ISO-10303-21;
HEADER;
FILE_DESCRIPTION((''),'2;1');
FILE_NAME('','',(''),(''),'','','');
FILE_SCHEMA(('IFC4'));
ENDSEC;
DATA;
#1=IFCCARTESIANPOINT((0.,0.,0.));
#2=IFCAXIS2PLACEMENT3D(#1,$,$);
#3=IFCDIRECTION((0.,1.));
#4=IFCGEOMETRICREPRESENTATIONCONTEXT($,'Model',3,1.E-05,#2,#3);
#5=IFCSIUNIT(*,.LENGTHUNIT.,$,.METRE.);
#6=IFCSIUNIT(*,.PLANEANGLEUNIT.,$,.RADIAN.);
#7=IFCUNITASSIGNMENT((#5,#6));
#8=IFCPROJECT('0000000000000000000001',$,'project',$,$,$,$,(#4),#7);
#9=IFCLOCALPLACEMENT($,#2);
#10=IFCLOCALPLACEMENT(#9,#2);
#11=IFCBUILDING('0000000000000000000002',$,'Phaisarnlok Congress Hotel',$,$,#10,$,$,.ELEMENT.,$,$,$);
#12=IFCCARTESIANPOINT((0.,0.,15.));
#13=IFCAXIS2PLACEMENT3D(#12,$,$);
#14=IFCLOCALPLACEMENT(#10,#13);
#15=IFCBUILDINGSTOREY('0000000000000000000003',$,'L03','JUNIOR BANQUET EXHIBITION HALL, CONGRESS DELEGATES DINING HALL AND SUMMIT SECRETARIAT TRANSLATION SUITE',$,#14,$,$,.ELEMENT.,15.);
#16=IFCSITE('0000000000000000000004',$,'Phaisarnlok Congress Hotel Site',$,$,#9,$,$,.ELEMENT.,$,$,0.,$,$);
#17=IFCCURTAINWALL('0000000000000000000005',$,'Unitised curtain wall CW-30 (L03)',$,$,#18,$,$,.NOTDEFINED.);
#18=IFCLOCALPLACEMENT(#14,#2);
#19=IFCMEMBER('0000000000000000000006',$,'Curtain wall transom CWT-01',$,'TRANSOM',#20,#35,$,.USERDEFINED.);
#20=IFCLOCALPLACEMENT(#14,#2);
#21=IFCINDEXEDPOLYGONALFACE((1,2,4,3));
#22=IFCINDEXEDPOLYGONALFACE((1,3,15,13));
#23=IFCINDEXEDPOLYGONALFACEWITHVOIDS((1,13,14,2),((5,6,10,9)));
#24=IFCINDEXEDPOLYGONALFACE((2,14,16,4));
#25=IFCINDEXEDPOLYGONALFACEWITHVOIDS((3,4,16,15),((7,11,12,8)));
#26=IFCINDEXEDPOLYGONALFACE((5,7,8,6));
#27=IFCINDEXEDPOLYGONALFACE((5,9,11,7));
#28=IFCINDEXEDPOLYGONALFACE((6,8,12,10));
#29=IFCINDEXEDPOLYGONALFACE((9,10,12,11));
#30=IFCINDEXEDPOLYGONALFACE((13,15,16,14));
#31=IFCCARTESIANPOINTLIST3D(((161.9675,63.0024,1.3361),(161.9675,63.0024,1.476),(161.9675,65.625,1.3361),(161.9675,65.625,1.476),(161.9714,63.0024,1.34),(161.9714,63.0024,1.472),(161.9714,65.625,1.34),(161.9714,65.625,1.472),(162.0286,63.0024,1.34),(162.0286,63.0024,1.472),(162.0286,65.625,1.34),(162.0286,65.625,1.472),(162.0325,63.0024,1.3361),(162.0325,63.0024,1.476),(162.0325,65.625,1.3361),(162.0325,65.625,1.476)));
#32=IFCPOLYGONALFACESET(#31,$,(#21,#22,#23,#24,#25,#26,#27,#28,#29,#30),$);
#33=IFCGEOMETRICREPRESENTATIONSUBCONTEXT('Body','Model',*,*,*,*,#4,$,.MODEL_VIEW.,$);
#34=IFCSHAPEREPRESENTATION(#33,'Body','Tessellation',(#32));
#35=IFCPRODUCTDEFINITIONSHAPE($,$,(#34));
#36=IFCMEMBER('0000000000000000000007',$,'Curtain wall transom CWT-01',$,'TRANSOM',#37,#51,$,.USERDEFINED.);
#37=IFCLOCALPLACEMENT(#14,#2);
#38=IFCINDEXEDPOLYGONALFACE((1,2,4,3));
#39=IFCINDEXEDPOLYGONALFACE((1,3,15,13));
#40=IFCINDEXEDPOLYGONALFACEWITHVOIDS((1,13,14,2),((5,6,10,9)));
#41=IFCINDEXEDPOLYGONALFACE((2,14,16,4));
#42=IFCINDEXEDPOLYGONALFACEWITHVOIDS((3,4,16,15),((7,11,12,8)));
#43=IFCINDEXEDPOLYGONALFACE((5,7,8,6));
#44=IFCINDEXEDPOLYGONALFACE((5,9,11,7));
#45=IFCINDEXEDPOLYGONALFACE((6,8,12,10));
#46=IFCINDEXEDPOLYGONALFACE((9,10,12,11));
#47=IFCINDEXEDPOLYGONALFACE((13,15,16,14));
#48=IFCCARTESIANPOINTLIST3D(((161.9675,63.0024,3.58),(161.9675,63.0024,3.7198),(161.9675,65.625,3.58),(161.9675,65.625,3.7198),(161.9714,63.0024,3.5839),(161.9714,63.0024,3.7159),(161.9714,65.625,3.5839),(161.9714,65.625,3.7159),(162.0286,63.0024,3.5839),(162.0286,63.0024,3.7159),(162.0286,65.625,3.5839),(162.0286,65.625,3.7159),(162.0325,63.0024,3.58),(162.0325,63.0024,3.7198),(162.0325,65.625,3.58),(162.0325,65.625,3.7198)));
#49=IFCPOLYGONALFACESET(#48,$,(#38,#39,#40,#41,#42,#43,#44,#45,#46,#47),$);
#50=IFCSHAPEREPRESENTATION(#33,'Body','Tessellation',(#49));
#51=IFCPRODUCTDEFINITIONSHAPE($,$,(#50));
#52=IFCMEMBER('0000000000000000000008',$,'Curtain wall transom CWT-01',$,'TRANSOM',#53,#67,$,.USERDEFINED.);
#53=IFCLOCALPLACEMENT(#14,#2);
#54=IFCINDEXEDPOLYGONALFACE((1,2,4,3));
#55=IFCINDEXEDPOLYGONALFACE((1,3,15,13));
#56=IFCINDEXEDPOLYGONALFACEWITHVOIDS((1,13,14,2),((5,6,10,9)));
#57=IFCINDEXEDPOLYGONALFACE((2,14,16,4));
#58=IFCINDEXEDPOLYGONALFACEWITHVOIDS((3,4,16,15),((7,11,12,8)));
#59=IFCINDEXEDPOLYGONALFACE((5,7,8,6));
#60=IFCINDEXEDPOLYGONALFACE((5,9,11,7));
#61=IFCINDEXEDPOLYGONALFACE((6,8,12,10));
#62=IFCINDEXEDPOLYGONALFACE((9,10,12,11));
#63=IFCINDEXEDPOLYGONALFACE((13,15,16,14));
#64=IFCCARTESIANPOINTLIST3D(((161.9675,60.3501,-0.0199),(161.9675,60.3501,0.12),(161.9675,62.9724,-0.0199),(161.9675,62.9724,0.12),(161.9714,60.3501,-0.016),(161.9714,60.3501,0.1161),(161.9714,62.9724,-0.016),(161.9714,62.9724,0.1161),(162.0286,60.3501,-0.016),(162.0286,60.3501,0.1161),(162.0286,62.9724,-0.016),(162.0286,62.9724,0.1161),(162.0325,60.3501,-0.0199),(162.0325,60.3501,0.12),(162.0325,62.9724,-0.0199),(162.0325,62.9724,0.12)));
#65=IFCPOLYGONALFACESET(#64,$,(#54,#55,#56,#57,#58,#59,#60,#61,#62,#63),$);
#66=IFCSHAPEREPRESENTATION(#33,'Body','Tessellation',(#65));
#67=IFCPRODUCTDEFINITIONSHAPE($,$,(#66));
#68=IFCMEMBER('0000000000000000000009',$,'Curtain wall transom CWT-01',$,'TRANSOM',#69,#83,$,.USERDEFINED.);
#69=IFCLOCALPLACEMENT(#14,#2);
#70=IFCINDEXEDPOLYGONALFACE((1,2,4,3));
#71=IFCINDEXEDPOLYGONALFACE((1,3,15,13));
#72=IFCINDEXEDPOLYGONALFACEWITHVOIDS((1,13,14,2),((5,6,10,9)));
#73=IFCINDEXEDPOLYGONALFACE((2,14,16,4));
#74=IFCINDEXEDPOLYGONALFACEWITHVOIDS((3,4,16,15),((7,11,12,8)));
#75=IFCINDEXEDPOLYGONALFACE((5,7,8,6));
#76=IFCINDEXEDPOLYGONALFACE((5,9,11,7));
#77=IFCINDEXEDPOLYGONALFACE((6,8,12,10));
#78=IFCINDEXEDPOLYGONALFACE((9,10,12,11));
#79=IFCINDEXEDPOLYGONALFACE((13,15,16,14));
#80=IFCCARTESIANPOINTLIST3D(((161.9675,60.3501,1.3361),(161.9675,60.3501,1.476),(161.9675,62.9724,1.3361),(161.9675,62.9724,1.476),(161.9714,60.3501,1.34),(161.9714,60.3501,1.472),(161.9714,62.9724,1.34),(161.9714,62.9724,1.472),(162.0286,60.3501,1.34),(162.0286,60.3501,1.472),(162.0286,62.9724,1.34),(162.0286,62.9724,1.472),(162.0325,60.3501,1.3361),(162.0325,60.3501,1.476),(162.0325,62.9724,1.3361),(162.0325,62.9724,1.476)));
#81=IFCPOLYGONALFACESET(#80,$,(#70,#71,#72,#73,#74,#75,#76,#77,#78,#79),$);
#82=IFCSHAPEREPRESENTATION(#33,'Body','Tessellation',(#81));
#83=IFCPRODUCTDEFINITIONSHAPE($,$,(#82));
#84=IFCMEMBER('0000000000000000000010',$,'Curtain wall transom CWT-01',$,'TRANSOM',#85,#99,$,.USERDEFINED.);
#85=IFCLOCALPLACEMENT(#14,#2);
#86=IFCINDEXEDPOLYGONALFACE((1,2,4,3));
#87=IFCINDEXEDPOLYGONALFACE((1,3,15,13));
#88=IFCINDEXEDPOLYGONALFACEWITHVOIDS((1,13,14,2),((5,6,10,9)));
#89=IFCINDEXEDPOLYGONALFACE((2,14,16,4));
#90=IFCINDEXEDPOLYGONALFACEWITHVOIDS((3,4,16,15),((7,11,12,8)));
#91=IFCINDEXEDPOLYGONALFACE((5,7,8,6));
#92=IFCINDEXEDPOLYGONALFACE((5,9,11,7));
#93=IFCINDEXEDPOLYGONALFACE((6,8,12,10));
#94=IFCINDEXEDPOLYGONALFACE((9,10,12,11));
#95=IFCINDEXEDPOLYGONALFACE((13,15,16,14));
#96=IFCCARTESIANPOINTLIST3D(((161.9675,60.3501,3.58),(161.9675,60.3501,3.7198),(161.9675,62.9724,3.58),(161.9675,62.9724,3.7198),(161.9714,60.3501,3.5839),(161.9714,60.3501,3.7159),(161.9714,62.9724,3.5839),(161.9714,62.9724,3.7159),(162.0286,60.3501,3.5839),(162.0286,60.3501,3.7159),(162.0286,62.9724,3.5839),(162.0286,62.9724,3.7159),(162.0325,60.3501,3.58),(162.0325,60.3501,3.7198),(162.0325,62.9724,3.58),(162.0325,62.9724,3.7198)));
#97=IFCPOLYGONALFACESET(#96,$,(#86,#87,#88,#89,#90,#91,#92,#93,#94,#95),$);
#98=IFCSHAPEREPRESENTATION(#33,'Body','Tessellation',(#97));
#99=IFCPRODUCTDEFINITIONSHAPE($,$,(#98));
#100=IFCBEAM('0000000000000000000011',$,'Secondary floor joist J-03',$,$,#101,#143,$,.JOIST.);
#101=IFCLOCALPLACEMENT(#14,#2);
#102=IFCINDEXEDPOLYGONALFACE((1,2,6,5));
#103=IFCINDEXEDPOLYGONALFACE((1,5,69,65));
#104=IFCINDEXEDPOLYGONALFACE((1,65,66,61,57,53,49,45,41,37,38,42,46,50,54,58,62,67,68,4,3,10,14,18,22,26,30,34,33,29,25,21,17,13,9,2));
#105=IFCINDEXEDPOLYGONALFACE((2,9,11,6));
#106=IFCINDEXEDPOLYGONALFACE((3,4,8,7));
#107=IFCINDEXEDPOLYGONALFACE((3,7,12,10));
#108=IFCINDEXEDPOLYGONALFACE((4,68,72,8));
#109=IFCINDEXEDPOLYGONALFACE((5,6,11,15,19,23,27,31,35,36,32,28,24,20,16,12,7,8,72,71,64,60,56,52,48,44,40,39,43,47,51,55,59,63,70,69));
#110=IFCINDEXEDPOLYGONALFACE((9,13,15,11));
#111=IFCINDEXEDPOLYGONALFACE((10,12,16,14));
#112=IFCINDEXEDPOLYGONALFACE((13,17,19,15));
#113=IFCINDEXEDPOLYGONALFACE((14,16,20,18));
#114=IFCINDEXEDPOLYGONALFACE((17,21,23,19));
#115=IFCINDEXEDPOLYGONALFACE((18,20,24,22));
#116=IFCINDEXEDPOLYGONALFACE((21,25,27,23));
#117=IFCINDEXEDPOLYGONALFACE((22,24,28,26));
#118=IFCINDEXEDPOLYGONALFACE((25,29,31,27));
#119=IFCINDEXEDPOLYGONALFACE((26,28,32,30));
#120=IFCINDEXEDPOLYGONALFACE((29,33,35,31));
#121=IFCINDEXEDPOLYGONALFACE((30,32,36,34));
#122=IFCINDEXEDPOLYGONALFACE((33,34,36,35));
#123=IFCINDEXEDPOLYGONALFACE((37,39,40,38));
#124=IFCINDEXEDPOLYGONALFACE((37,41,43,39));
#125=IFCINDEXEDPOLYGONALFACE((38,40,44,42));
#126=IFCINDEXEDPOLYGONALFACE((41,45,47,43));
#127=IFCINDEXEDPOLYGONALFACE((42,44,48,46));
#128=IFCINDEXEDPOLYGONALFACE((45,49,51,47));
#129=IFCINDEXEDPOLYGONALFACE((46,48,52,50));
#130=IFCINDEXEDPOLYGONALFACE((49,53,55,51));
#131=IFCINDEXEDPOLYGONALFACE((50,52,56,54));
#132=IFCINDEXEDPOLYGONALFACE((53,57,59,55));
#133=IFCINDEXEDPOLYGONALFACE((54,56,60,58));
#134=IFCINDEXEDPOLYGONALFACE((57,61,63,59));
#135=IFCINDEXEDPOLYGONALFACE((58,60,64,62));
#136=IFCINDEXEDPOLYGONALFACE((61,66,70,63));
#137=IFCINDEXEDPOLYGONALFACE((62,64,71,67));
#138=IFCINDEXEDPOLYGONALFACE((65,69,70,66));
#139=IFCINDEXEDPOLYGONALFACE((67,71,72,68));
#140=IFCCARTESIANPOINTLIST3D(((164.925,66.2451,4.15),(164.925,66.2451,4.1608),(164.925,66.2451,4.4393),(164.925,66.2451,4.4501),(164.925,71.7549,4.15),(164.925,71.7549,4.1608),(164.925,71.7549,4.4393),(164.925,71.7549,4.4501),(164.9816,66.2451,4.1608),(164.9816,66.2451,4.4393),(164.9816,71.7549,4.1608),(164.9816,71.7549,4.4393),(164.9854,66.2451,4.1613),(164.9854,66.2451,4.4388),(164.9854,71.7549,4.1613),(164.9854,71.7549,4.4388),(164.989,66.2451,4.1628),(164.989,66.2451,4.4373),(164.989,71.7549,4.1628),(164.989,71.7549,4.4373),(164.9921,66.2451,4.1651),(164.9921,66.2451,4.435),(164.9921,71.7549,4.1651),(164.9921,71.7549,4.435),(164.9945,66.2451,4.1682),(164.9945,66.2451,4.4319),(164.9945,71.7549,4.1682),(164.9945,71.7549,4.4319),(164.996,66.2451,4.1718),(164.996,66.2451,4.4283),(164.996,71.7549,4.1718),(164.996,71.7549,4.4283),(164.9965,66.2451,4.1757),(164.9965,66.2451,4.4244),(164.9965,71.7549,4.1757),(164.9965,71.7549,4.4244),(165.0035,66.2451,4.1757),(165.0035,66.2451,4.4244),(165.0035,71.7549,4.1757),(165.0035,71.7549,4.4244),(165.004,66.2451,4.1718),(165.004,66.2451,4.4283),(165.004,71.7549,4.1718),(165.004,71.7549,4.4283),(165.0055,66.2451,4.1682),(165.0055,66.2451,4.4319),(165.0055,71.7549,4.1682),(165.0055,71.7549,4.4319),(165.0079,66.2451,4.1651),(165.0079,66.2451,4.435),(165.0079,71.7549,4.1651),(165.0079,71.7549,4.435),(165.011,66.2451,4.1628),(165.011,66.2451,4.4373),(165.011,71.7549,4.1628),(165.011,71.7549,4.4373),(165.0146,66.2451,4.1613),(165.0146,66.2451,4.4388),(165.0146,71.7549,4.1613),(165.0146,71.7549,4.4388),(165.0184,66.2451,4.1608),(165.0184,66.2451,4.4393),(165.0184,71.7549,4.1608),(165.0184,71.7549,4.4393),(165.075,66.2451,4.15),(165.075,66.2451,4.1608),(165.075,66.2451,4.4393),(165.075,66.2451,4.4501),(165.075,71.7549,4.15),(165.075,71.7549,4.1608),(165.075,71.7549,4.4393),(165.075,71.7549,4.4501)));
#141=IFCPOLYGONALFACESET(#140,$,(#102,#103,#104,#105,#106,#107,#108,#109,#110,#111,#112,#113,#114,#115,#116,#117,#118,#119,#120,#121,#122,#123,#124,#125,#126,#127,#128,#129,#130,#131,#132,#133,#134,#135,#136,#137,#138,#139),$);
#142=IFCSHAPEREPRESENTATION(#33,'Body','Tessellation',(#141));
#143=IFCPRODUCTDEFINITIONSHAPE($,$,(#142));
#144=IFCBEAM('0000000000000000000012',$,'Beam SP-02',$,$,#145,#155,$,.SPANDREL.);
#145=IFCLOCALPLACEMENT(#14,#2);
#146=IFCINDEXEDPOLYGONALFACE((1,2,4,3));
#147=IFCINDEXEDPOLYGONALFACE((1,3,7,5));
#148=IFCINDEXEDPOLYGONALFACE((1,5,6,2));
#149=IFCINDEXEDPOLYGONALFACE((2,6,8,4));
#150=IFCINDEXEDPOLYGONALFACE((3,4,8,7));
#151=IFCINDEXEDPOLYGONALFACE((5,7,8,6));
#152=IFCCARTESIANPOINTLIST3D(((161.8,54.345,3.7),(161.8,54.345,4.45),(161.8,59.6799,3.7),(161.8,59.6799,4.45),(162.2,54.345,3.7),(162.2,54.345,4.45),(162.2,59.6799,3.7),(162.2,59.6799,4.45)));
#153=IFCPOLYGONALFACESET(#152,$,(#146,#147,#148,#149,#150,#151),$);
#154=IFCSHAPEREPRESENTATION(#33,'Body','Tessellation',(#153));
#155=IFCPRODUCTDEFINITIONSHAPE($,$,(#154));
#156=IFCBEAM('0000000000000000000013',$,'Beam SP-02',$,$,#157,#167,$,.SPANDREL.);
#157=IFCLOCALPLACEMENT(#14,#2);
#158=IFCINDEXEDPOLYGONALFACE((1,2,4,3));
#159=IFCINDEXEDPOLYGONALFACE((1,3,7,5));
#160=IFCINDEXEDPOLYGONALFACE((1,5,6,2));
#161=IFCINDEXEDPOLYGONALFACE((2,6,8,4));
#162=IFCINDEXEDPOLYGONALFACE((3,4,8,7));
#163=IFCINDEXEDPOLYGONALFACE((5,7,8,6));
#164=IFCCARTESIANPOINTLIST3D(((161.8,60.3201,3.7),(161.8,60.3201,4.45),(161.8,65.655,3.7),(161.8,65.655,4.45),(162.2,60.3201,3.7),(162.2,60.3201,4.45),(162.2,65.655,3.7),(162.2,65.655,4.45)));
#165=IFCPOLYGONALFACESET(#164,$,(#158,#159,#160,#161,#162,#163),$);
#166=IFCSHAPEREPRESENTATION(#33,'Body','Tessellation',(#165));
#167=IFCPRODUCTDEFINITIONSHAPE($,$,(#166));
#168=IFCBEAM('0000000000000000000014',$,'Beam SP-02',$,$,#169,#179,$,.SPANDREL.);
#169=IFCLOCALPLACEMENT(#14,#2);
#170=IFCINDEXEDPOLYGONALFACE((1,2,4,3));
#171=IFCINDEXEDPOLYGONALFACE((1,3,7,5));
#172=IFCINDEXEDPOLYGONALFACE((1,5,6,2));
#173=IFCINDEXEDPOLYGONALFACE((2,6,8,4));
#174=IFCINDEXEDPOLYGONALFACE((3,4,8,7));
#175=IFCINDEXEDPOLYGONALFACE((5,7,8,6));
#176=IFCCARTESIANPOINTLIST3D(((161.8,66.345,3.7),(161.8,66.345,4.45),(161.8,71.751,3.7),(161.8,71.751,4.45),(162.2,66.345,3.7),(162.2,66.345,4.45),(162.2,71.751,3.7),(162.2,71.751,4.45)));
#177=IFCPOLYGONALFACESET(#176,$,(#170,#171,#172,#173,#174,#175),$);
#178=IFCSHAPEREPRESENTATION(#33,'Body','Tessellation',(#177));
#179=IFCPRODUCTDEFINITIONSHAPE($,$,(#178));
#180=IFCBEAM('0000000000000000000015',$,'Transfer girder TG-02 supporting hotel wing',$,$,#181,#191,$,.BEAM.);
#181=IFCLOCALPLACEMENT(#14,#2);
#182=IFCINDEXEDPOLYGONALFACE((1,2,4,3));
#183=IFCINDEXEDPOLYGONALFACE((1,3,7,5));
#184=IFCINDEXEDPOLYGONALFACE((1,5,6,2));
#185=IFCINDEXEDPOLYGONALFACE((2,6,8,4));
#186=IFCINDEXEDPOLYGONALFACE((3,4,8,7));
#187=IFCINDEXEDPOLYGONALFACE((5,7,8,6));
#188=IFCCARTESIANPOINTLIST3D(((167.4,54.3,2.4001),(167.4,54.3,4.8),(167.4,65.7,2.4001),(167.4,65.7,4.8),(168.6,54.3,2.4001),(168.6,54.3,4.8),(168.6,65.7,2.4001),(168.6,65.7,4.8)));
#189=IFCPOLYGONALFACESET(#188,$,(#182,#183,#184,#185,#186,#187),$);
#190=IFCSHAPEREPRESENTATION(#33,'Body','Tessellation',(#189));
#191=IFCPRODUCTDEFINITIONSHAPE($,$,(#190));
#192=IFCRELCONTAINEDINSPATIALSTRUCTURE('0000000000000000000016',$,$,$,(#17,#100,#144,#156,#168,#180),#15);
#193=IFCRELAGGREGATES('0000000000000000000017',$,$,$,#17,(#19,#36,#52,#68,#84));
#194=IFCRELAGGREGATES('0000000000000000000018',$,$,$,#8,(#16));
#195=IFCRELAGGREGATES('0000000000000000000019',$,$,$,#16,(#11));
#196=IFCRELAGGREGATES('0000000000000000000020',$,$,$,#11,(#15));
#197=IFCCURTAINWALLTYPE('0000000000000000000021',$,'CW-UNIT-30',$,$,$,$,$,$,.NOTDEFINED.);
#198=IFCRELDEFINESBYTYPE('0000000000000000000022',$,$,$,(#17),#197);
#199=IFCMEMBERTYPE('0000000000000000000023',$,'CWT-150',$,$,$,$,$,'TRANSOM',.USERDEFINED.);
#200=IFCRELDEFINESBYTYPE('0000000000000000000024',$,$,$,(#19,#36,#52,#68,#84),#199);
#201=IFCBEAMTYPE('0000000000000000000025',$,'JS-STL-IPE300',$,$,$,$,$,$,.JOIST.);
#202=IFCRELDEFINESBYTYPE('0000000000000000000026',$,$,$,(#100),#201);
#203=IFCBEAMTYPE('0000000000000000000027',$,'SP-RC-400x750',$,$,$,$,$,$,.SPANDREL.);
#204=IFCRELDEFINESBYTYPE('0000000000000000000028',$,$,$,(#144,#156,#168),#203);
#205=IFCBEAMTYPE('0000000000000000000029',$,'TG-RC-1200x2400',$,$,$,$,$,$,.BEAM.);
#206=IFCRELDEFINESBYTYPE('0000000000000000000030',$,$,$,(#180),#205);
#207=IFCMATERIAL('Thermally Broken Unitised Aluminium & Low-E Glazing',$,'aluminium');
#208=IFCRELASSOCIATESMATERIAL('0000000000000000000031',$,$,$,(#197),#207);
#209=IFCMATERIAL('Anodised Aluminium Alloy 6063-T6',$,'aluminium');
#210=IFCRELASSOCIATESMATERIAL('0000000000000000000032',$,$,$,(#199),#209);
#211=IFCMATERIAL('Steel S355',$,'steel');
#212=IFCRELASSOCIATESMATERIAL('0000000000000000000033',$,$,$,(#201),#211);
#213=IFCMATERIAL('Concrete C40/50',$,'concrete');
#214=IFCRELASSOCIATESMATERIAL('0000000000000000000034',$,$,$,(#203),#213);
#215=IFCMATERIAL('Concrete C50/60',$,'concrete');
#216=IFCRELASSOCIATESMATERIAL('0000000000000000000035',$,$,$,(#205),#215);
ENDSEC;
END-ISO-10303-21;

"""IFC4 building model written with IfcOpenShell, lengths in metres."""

from ifc_helpers import new_model, si_unit, direction, frame, origin, origin_2d, place, context, subcontext, project, spatial, rectangle, hollow_rectangle, i_section, extrude, material, material_profile, profile_set, type_object, element, aggregate, save


model = new_model("IFC4")

# Units and contexts
model_context = context("Model", 3, precision=1e-05, world=origin(), true_north=direction((0.0, 1.0)))
body_context = subcontext(model_context, "Body", "Model", "MODEL_VIEW")
ifc_project = project(units=[si_unit("LENGTHUNIT", "METRE"), si_unit("PLANEANGLEUNIT", "RADIAN")], contexts=[model_context])

# Site, building, storey
site_placement = place(None, origin())
site = spatial("IfcSite", under=ifc_project, at=site_placement, Name="Phaisarnlok Congress Hotel Site", CompositionType="ELEMENT", RefElevation=0.0)
building_placement = place(site_placement, origin())
building = spatial("IfcBuilding", under=site, at=building_placement, Name="Phaisarnlok Congress Hotel", CompositionType="ELEMENT")
storey_placement = place(building_placement, frame((0.0, 0.0, 15.0)))
storey = spatial("IfcBuildingStorey", under=building, at=storey_placement, Name="L03", Description="JUNIOR BANQUET EXHIBITION HALL, CONGRESS DELEGATES DINING HALL AND SUMMIT SECRETARIAT TRANSLATION SUITE", CompositionType="ELEMENT", Elevation=15.0)

# Shared definitions
ifc_material_1 = material(Name="Concrete C50/60", Category="concrete")

# Shared definitions
ifc_material_2 = material(Name="Concrete C40/50", Category="concrete")

# Curtain wall, members
ifc_material_3 = material(Name="Thermally Broken Unitised Aluminium & Low-E Glazing", Category="aluminium")
curtain_wall_type = type_object("IfcCurtainWallType", Name="CW-UNIT-30", PredefinedType="NOTDEFINED", material=ifc_material_3)
curtain_wall_placement = place(storey_placement, origin())
curtain_wall = element("IfcCurtainWall", 1, at=curtain_wall_placement, inside=storey, type_object=curtain_wall_type, Name="Unitised curtain wall CW-30 (L03)", PredefinedType="NOTDEFINED")
ifc_material_4 = material(Name="Anodised Aluminium Alloy 6063-T6", Category="aluminium")
ifc_material_profile_1 = material_profile(ifc_material_4, hollow_rectangle(XDim=0.0649, YDim=0.1399, WallThickness=0.0039, at=origin_2d()), Name="ALU-T 65x140x4")
ifc_profile_set_1 = profile_set([ifc_material_profile_1], Name="Anodised Aluminium Alloy 6063-T6")
member_type_1 = type_object("IfcMemberType", Name="CWT-150", ElementType="TRANSOM", PredefinedType="USERDEFINED", material=ifc_profile_set_1)
member_1_placement = place(storey_placement, frame((162.0, 65.625, 1.406), z_axis=(0.0, -1.0, 0.0), x_axis=(1.0, 0.0, 0.0)))
member_1 = element("IfcMember", 2, at=member_1_placement, type_object=member_type_1, Name="Curtain wall transom CWT-01", ObjectType="TRANSOM", PredefinedType="USERDEFINED", context=body_context, shape_type="SweptSolid", body=[
    extrude(hollow_rectangle(XDim=0.0649, YDim=0.1399, WallThickness=0.0039, at=origin_2d()), origin(), (0.0, 0.0, 1.0), 2.6226),
])
member_2_placement = place(storey_placement, frame((162.0, 65.625, 3.6499), z_axis=(0.0, -1.0, 0.0), x_axis=(1.0, 0.0, 0.0)))
member_2 = element("IfcMember", 3, at=member_2_placement, type_object=member_type_1, Name="Curtain wall transom CWT-01", ObjectType="TRANSOM", PredefinedType="USERDEFINED", context=body_context, shape_type="SweptSolid", body=[
    extrude(hollow_rectangle(XDim=0.0649, YDim=0.1399, WallThickness=0.0039, at=origin_2d()), origin(), (0.0, 0.0, 1.0), 2.6226),
])
member_3_placement = place(storey_placement, frame((162.0, 62.9724, 0.05), z_axis=(0.0, -1.0, 0.0), x_axis=(1.0, 0.0, 0.0)))
member_3 = element("IfcMember", 4, at=member_3_placement, type_object=member_type_1, Name="Curtain wall transom CWT-01", ObjectType="TRANSOM", PredefinedType="USERDEFINED", context=body_context, shape_type="SweptSolid", body=[
    extrude(hollow_rectangle(XDim=0.0649, YDim=0.1399, WallThickness=0.0039, at=origin_2d()), origin(), (0.0, 0.0, 1.0), 2.6223),
])
member_4_placement = place(storey_placement, frame((162.0, 62.9724, 1.406), z_axis=(0.0, -1.0, 0.0), x_axis=(1.0, 0.0, 0.0)))
member_4 = element("IfcMember", 5, at=member_4_placement, type_object=member_type_1, Name="Curtain wall transom CWT-01", ObjectType="TRANSOM", PredefinedType="USERDEFINED", context=body_context, shape_type="SweptSolid", body=[
    extrude(hollow_rectangle(XDim=0.0649, YDim=0.1399, WallThickness=0.0039, at=origin_2d()), origin(), (0.0, 0.0, 1.0), 2.6223),
])
member_5_placement = place(storey_placement, frame((162.0, 62.9724, 3.6499), z_axis=(0.0, -1.0, 0.0), x_axis=(1.0, 0.0, 0.0)))
member_5 = element("IfcMember", 6, at=member_5_placement, type_object=member_type_1, Name="Curtain wall transom CWT-01", ObjectType="TRANSOM", PredefinedType="USERDEFINED", context=body_context, shape_type="SweptSolid", body=[
    extrude(hollow_rectangle(XDim=0.0649, YDim=0.1399, WallThickness=0.0039, at=origin_2d()), origin(), (0.0, 0.0, 1.0), 2.6223),
])

# Beams
ifc_material_5 = material(Name="Steel S355", Category="steel")
ifc_material_profile_2 = material_profile(ifc_material_5, i_section(OverallWidth=0.1499, OverallDepth=0.3, WebThickness=0.0071, FlangeThickness=0.0107, FilletRadius=0.0149, at=origin_2d()), Name="IPE 300")
ifc_profile_set_2 = profile_set([ifc_material_profile_2], Name="Steel S355")
beam_type_1 = type_object("IfcBeamType", Name="JS-STL-IPE300", PredefinedType="JOIST", material=ifc_profile_set_2)
beam_1_placement = place(storey_placement, frame((165.0, 66.2451, 4.3), z_axis=(0.0, 1.0, 0.0), x_axis=(-1.0, 0.0, 0.0)))
element("IfcBeam", 7, at=beam_1_placement, inside=storey, type_object=beam_type_1, Name="Secondary floor joist J-03", PredefinedType="JOIST", context=body_context, shape_type="SweptSolid", body=[
    extrude(i_section(OverallWidth=0.1499, OverallDepth=0.3, WebThickness=0.0071, FlangeThickness=0.0107, FilletRadius=0.0149, at=origin_2d()), origin(), (0.0, 0.0, 1.0), 5.5098),
])
ifc_material_profile_3 = material_profile(ifc_material_2, rectangle(XDim=0.3999, YDim=0.75, at=origin_2d()), Name="RC 400x750")
ifc_profile_set_3 = profile_set([ifc_material_profile_3], Name="Concrete C40/50")
beam_type_2 = type_object("IfcBeamType", Name="SP-RC-400x750", PredefinedType="SPANDREL", material=ifc_profile_set_3)
for number, where, z_axis, x_axis, name in (
    (8, (162.0, 54.345, 4.075), (0.0, 1.0, 0.0), (-1.0, 0.0, 0.0), "Beam SP-02"),
    (9, (162.0, 60.3201, 4.075), (0.0, 1.0, 0.0), (-1.0, 0.0, 0.0), "Beam SP-02"),
):
    element("IfcBeam", number, at=place(storey_placement, frame(where, z_axis=z_axis, x_axis=x_axis)), inside=storey, type_object=beam_type_2, Name=name, PredefinedType="SPANDREL", context=body_context, shape_type="SweptSolid", body=[
        extrude(rectangle(XDim=0.3999, YDim=0.75, at=origin_2d()), origin(), (0.0, 0.0, 1.0), 5.335),
    ])
beam_2_placement = place(storey_placement, frame((162.0, 66.345, 4.075), z_axis=(0.0, 1.0, 0.0), x_axis=(-1.0, 0.0, 0.0)))
element("IfcBeam", 10, at=beam_2_placement, inside=storey, type_object=beam_type_2, Name="Beam SP-02", PredefinedType="SPANDREL", context=body_context, shape_type="SweptSolid", body=[
    extrude(rectangle(XDim=0.3999, YDim=0.75, at=origin_2d()), origin(), (0.0, 0.0, 1.0), 5.406),
])
ifc_material_profile_4 = material_profile(ifc_material_1, rectangle(XDim=1.2, YDim=2.3999, at=origin_2d()), Name="RC 1200x2400")
ifc_profile_set_4 = profile_set([ifc_material_profile_4], Name="Concrete C50/60")
beam_type_3 = type_object("IfcBeamType", Name="TG-RC-1200x2400", PredefinedType="BEAM", material=ifc_profile_set_4)
beam_3_placement = place(storey_placement, frame((168.0, 54.3, 3.6001), z_axis=(0.0, 1.0, 0.0), x_axis=(-1.0, 0.0, 0.0)))
element("IfcBeam", 11, at=beam_3_placement, inside=storey, type_object=beam_type_3, Name="Transfer girder TG-02 supporting hotel wing", PredefinedType="BEAM", context=body_context, shape_type="SweptSolid", body=[
    extrude(rectangle(XDim=1.2, YDim=2.3999, at=origin_2d()), origin(), (0.0, 0.0, 1.0), 11.3999),
])

aggregate(curtain_wall, [member_1, member_2, member_3, member_4, member_5])

save(model, "model.ifc")
